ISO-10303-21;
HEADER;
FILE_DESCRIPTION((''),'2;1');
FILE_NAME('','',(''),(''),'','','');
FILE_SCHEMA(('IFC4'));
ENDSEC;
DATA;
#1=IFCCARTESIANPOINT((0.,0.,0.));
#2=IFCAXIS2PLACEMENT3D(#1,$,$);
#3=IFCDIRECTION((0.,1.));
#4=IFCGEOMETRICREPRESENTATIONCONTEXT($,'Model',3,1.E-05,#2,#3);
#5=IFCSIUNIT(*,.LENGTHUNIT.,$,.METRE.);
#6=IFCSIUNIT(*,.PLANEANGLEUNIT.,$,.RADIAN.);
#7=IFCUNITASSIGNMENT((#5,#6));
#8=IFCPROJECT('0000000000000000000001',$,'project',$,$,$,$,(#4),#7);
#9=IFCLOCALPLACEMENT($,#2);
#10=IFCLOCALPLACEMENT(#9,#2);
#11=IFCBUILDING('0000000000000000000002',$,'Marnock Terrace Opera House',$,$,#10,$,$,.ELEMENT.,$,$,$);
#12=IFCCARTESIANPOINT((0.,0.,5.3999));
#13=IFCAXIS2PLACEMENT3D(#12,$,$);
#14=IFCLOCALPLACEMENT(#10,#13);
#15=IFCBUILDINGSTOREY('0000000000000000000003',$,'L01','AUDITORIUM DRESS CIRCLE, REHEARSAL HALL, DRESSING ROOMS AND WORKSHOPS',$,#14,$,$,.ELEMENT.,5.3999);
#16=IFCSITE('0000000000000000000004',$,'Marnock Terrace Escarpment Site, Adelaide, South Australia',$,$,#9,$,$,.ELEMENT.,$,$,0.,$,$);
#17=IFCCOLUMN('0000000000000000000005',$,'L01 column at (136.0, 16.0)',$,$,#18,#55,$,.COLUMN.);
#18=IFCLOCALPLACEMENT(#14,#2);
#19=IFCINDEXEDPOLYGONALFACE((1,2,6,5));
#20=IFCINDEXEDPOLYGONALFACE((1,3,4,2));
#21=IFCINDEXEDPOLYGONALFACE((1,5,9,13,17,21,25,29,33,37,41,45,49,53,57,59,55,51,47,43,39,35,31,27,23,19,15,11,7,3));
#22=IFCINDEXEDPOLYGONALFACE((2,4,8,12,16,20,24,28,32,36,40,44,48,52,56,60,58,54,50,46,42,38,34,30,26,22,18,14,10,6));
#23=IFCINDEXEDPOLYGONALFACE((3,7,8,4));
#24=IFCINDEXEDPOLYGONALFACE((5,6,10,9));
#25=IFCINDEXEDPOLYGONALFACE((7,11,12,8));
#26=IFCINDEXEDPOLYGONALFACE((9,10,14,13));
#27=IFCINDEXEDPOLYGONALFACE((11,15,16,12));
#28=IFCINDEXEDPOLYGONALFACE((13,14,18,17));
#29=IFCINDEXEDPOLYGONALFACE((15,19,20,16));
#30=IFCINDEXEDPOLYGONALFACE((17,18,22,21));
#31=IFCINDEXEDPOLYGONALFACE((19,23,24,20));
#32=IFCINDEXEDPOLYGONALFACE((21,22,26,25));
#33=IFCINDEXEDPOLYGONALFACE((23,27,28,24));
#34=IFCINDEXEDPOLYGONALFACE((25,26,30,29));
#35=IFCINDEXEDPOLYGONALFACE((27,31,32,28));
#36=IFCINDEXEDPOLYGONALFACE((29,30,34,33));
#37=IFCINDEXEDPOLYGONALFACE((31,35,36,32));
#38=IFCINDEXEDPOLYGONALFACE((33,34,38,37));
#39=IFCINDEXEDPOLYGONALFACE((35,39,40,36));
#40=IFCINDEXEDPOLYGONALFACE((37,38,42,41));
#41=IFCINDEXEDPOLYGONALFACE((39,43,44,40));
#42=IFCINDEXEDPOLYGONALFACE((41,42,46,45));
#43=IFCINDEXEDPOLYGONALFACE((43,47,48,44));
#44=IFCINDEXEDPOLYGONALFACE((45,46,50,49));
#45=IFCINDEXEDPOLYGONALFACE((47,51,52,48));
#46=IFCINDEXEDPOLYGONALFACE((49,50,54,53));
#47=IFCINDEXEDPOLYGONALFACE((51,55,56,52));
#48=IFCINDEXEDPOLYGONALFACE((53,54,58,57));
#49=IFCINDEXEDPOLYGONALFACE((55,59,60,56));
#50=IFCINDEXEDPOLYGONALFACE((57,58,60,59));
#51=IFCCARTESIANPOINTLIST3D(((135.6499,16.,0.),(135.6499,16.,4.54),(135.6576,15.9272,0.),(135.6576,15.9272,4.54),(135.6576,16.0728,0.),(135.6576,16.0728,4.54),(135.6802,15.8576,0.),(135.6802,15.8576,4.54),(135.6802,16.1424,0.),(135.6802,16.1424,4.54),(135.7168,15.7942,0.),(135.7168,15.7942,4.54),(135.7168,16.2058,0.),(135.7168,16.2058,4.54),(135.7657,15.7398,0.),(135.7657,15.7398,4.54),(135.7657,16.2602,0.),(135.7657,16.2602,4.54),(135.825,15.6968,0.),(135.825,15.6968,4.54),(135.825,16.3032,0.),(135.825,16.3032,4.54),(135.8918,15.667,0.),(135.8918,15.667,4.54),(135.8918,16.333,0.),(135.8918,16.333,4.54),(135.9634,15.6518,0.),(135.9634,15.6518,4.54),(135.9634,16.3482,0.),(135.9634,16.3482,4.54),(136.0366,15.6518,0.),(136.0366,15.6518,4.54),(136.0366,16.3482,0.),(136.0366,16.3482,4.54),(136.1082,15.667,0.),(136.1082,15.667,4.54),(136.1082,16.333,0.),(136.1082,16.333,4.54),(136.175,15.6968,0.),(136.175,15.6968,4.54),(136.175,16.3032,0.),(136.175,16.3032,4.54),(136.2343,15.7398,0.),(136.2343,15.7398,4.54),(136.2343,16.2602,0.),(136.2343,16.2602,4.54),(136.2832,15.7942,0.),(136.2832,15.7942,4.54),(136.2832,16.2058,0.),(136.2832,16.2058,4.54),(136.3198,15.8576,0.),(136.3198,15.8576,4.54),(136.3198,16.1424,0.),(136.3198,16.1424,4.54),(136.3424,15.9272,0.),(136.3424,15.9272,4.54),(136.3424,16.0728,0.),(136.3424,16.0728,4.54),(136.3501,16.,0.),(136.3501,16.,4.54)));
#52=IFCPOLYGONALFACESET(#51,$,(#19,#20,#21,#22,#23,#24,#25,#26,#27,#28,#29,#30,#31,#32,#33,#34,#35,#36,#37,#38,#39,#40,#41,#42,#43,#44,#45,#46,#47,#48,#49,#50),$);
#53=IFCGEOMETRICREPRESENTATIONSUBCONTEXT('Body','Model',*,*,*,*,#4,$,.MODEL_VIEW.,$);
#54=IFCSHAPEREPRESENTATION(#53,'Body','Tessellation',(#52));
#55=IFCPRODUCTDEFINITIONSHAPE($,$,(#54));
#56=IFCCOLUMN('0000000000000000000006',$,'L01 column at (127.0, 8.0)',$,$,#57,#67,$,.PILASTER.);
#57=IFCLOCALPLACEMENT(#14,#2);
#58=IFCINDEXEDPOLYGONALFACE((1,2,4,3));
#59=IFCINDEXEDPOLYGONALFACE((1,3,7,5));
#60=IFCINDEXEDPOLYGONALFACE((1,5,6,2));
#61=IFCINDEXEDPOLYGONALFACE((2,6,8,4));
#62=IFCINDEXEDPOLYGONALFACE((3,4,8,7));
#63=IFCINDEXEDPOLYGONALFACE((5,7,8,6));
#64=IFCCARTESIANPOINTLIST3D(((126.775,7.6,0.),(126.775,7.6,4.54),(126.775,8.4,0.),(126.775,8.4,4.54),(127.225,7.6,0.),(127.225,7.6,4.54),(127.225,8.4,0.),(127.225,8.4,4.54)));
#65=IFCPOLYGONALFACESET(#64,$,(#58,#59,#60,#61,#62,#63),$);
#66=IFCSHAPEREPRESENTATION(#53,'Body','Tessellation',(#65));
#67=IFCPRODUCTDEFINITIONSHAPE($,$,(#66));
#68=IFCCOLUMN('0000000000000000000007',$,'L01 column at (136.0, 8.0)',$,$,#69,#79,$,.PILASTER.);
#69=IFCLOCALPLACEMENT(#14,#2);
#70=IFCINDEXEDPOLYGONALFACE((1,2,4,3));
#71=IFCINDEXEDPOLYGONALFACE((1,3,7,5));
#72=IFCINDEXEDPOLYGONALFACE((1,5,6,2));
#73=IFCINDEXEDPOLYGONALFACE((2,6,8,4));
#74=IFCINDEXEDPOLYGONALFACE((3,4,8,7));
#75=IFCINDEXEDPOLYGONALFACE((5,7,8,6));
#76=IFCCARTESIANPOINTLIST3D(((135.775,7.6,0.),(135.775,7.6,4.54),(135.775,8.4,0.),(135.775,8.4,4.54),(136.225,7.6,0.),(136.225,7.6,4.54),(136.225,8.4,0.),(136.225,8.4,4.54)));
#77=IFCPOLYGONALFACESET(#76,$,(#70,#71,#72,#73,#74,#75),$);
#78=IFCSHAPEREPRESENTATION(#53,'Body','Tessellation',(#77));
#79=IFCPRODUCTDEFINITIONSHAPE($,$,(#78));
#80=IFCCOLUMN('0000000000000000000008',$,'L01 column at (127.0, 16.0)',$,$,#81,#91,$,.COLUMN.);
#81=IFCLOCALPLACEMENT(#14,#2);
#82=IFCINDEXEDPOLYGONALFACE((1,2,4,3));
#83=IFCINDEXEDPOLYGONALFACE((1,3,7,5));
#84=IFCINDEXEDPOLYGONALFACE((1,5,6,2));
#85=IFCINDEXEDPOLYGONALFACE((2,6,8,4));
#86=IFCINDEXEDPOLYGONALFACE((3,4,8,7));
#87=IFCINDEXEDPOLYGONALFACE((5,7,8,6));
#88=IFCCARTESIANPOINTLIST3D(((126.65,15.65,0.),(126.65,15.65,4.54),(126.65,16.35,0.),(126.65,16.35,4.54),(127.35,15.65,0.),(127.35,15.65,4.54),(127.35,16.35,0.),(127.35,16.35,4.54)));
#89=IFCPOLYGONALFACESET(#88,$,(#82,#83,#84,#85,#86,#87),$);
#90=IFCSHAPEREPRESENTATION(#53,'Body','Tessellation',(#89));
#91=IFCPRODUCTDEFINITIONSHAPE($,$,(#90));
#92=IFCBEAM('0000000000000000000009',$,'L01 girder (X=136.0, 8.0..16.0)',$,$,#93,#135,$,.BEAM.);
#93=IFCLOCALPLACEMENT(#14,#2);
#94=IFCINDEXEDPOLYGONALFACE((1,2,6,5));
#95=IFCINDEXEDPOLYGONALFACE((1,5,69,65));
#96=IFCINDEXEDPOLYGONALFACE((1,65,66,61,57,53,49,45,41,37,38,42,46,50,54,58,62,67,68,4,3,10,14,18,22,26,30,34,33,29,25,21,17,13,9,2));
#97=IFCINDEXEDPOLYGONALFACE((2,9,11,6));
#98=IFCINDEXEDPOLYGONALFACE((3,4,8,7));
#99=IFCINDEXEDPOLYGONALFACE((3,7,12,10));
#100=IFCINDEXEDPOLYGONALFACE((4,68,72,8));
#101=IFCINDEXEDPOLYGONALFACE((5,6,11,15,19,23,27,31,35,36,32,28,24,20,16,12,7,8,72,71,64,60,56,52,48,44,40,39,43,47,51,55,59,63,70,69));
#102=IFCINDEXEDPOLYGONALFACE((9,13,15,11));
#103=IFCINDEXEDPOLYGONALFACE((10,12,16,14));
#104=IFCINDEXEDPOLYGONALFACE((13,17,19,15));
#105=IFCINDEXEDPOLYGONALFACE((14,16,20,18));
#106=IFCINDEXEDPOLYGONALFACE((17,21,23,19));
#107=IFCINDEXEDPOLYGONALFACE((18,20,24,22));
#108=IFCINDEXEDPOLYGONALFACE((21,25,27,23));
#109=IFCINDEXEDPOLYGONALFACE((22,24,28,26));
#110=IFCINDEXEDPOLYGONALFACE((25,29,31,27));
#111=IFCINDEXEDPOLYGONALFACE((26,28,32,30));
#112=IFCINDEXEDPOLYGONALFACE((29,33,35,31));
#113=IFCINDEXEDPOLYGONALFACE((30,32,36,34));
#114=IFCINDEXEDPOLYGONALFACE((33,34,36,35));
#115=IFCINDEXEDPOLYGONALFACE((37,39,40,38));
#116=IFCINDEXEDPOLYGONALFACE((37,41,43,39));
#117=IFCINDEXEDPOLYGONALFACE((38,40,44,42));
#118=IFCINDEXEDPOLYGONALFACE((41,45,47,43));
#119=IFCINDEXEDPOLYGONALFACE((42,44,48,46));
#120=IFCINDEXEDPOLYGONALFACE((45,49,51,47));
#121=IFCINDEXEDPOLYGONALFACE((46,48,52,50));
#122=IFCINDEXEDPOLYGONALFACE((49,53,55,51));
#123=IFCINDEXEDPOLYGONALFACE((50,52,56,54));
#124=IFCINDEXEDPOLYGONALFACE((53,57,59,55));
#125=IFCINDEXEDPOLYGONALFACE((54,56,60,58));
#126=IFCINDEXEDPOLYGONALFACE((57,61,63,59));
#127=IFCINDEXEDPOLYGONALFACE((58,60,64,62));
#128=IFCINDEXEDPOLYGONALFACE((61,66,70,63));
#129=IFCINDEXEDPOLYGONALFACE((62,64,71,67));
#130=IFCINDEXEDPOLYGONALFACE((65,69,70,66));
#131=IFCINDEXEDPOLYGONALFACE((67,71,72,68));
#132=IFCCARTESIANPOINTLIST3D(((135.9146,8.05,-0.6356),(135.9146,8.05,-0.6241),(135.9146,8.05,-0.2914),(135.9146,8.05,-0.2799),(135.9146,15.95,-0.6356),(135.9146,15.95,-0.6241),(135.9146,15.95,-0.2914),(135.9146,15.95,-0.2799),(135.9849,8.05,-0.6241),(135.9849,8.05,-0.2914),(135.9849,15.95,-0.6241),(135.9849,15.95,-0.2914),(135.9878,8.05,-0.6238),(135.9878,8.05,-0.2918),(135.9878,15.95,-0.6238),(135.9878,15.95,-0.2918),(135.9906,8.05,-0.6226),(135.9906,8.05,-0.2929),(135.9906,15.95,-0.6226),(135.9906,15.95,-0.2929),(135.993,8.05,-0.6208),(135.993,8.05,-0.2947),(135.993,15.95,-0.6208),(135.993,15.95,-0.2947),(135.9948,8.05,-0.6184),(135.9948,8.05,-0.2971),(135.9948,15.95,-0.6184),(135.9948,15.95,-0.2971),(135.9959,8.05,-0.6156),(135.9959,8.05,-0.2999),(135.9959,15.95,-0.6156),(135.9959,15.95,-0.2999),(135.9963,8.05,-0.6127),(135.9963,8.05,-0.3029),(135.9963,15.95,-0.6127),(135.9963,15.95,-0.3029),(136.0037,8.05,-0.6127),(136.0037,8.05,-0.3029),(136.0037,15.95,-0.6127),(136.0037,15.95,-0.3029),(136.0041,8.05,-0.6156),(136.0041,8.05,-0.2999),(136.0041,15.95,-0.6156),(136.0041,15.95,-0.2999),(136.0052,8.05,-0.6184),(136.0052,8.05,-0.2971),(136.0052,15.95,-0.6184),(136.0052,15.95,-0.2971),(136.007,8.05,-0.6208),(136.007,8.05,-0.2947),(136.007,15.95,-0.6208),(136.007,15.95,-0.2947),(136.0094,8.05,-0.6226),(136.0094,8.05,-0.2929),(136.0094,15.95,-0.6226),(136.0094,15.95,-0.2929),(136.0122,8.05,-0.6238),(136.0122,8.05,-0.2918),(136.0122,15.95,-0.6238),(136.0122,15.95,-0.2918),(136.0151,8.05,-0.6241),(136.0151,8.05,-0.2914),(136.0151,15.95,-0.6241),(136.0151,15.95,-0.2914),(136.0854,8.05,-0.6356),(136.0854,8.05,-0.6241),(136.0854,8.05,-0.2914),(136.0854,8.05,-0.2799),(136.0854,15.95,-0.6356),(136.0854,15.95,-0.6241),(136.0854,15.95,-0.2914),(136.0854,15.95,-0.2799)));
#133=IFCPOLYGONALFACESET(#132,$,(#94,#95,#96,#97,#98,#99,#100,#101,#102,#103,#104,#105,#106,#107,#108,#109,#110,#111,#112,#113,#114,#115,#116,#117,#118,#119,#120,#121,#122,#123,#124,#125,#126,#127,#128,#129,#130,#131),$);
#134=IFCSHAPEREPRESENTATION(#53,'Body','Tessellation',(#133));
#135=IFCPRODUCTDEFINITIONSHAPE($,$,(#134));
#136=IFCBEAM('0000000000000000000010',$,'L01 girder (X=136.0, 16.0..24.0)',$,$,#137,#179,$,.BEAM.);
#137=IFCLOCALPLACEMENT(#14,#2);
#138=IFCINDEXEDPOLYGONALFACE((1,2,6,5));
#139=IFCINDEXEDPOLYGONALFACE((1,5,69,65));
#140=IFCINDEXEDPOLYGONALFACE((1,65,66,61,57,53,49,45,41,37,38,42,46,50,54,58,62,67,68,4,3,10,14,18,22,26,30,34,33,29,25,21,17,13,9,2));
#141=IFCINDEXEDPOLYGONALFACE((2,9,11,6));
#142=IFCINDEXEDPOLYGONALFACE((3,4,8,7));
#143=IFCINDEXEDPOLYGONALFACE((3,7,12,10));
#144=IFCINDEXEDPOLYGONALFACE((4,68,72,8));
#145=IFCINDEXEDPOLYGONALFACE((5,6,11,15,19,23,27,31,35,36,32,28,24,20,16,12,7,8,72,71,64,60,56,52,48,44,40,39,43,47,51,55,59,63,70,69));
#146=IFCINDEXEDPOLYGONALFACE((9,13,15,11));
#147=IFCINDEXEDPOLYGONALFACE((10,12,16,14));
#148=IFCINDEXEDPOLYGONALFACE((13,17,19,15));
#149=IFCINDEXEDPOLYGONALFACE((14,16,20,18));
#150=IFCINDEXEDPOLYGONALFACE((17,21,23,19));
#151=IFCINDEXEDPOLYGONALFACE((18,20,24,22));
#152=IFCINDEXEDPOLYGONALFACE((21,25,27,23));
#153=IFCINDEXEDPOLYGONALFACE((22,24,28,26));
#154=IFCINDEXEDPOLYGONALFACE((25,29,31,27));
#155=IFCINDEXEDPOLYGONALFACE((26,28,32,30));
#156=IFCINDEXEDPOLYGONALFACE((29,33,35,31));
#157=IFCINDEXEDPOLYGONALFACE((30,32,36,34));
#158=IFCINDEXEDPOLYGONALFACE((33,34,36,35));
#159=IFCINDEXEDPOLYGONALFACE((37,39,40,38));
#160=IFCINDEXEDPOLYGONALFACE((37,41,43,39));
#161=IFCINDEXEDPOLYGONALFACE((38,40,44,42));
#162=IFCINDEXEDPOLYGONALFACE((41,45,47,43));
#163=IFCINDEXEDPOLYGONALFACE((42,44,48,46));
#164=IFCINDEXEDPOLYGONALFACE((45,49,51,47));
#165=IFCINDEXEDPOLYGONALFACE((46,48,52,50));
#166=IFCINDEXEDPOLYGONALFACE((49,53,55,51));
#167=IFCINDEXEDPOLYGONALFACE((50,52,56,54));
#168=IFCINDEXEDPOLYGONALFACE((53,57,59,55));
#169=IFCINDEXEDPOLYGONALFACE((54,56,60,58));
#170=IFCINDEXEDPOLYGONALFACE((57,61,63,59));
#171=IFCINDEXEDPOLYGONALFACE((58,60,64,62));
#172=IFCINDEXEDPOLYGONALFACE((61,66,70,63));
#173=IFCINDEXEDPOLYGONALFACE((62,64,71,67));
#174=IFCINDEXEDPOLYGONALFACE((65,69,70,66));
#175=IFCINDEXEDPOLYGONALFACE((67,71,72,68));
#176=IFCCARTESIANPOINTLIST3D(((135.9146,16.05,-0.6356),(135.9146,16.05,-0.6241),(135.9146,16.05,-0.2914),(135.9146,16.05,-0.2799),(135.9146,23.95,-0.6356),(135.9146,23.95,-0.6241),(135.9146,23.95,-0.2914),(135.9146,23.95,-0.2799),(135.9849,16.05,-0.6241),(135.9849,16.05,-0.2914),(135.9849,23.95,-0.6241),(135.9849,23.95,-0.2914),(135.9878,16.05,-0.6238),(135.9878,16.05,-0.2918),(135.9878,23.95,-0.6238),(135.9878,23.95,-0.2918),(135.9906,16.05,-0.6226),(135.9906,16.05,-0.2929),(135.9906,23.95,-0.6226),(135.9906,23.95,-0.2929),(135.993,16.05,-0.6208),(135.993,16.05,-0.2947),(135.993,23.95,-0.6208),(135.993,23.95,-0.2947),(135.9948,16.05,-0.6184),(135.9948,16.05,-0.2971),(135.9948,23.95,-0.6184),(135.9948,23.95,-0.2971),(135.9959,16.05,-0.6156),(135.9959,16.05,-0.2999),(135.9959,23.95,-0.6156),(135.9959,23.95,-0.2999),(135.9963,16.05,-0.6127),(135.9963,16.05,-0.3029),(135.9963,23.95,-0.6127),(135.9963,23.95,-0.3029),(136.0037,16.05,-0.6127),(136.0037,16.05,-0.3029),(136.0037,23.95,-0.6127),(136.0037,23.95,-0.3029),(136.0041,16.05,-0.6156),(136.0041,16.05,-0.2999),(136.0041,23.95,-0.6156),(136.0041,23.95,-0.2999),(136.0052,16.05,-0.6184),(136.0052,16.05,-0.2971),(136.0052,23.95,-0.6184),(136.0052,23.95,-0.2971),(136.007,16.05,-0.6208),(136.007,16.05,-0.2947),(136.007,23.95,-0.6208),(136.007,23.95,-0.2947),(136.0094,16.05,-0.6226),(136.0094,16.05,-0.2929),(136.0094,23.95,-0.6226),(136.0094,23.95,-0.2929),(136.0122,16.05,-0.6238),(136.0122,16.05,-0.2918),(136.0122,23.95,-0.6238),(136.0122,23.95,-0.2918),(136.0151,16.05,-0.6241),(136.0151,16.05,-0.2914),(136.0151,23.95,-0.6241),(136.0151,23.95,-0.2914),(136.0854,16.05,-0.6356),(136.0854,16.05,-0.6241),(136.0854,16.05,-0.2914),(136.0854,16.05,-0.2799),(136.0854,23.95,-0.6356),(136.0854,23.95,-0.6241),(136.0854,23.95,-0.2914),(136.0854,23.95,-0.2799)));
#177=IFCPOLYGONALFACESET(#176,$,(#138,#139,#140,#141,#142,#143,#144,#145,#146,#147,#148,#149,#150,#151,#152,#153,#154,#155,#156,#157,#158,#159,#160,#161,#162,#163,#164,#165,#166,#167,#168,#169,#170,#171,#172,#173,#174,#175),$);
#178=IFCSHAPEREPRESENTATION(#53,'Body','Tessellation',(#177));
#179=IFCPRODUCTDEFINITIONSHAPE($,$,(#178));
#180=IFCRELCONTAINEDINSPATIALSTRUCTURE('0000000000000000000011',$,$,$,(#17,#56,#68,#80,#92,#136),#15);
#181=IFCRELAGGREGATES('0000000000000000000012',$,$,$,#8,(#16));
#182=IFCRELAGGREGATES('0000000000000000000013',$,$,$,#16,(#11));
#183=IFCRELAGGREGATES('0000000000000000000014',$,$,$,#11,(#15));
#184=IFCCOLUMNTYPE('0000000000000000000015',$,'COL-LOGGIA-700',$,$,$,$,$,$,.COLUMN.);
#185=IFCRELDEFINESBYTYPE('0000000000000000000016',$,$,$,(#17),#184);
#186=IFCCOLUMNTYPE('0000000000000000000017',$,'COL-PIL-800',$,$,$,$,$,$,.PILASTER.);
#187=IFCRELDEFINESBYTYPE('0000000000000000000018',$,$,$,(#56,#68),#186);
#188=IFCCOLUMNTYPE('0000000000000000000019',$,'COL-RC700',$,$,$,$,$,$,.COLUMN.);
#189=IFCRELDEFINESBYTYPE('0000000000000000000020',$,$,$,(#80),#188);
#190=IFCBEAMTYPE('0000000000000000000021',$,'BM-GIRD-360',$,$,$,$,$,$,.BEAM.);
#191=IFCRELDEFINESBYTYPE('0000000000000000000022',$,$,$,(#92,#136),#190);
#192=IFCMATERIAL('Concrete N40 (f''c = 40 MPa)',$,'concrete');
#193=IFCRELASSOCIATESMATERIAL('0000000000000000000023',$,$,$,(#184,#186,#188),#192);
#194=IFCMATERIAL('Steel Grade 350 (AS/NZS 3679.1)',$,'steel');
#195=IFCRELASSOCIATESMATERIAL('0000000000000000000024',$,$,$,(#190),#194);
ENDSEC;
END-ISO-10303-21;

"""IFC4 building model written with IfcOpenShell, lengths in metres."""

from ifc_helpers import new_model, si_unit, direction, frame, origin, origin_2d, place, context, subcontext, project, spatial, rectangle, circle, i_section, extrude, material, material_profile, profile_set, type_object, element, save


model = new_model("IFC4")

# Units and contexts
model_context = context("Model", 3, precision=1e-05, world=origin(), true_north=direction((0.0, 1.0)))
body_context = subcontext(model_context, "Body", "Model", "MODEL_VIEW")
ifc_project = project(units=[si_unit("LENGTHUNIT", "METRE"), si_unit("PLANEANGLEUNIT", "RADIAN")], contexts=[model_context])

# Site, building, storey
site_placement = place(None, origin())
site = spatial("IfcSite", under=ifc_project, at=site_placement, Name="Marnock Terrace Escarpment Site, Adelaide, South Australia", CompositionType="ELEMENT", RefElevation=0.0)
building_placement = place(site_placement, origin())
building = spatial("IfcBuilding", under=site, at=building_placement, Name="Marnock Terrace Opera House", CompositionType="ELEMENT")
storey_placement = place(building_placement, frame((0.0, 0.0, 5.3999)))
storey = spatial("IfcBuildingStorey", under=building, at=storey_placement, Name="L01", Description="AUDITORIUM DRESS CIRCLE, REHEARSAL HALL, DRESSING ROOMS AND WORKSHOPS", CompositionType="ELEMENT", Elevation=5.3999)

# Columns
ifc_material_1 = material(Name="Concrete N40 (f'c = 40 MPa)", Category="concrete")
ifc_material_profile_1 = material_profile(ifc_material_1, circle(Radius=0.3501, at=origin_2d()))
ifc_profile_set_1 = profile_set([ifc_material_profile_1], Name="Concrete N40 (f'c = 40 MPa)")
column_type_1 = type_object("IfcColumnType", Name="COL-LOGGIA-700", PredefinedType="COLUMN", material=ifc_profile_set_1)
column_1_placement = place(storey_placement, frame((136.0, 16.0, 0.0), z_axis=(0.0, 0.0, 1.0), x_axis=(1.0, 0.0, 0.0)))
element("IfcColumn", 1, at=column_1_placement, inside=storey, type_object=column_type_1, Name="L01 column at (136.0, 16.0)", PredefinedType="COLUMN", context=body_context, shape_type="SweptSolid", body=[
    extrude(circle(Radius=0.3501, at=origin_2d()), origin(), (0.0, 0.0, 1.0), 4.54),
])
ifc_material_profile_2 = material_profile(ifc_material_1, rectangle(XDim=0.45, YDim=0.8, at=origin_2d()))
ifc_profile_set_2 = profile_set([ifc_material_profile_2], Name="Concrete N40 (f'c = 40 MPa)")
column_type_2 = type_object("IfcColumnType", Name="COL-PIL-800", PredefinedType="PILASTER", material=ifc_profile_set_2)
for number, where, z_axis, x_axis, name in (
    (2, (127.0, 8.0, 0.0), (0.0, 0.0, 1.0), (1.0, 0.0, 0.0), "L01 column at (127.0, 8.0)"),
    (3, (136.0, 8.0, 0.0), (0.0, 0.0, 1.0), (1.0, 0.0, 0.0), "L01 column at (136.0, 8.0)"),
):
    element("IfcColumn", number, at=place(storey_placement, frame(where, z_axis=z_axis, x_axis=x_axis)), inside=storey, type_object=column_type_2, Name=name, PredefinedType="PILASTER", context=body_context, shape_type="SweptSolid", body=[
        extrude(rectangle(XDim=0.45, YDim=0.8, at=origin_2d()), origin(), (0.0, 0.0, 1.0), 4.54),
    ])
ifc_material_profile_3 = material_profile(ifc_material_1, rectangle(XDim=0.7, YDim=0.7, at=origin_2d()))
ifc_profile_set_3 = profile_set([ifc_material_profile_3], Name="Concrete N40 (f'c = 40 MPa)")
column_type_3 = type_object("IfcColumnType", Name="COL-RC700", PredefinedType="COLUMN", material=ifc_profile_set_3)
column_2_placement = place(storey_placement, frame((127.0, 16.0, 0.0), z_axis=(0.0, 0.0, 1.0), x_axis=(1.0, 0.0, 0.0)))
element("IfcColumn", 4, at=column_2_placement, inside=storey, type_object=column_type_3, Name="L01 column at (127.0, 16.0)", PredefinedType="COLUMN", context=body_context, shape_type="SweptSolid", body=[
    extrude(rectangle(XDim=0.7, YDim=0.7, at=origin_2d()), origin(), (0.0, 0.0, 1.0), 4.54),
])

# Beams
ifc_material_2 = material(Name="Steel Grade 350 (AS/NZS 3679.1)", Category="steel")
ifc_material_profile_4 = material_profile(ifc_material_2, i_section(OverallWidth=0.1709, OverallDepth=0.3557, WebThickness=0.0073, FlangeThickness=0.0115, FilletRadius=0.0115, at=origin_2d()))
ifc_profile_set_4 = profile_set([ifc_material_profile_4], Name="Steel Grade 350 (AS/NZS 3679.1)")
beam_type_1 = type_object("IfcBeamType", Name="BM-GIRD-360", PredefinedType="BEAM", material=ifc_profile_set_4)
for number, where, z_axis, x_axis, name in (
    (5, (136.0, 8.05, -0.4578), (0.0, 1.0, 0.0), (-1.0, 0.0, 0.0), "L01 girder (X=136.0, 8.0..16.0)"),
    (6, (136.0, 16.05, -0.4578), (0.0, 1.0, 0.0), (-1.0, 0.0, 0.0), "L01 girder (X=136.0, 16.0..24.0)"),
):
    element("IfcBeam", number, at=place(storey_placement, frame(where, z_axis=z_axis, x_axis=x_axis)), inside=storey, type_object=beam_type_1, Name=name, PredefinedType="BEAM", context=body_context, shape_type="SweptSolid", body=[
        extrude(i_section(OverallWidth=0.1709, OverallDepth=0.3557, WebThickness=0.0073, FlangeThickness=0.0115, FilletRadius=0.0115, at=origin_2d()), origin(), (0.0, 0.0, 1.0), 7.8999),
    ])

save(model, "model.ifc")
